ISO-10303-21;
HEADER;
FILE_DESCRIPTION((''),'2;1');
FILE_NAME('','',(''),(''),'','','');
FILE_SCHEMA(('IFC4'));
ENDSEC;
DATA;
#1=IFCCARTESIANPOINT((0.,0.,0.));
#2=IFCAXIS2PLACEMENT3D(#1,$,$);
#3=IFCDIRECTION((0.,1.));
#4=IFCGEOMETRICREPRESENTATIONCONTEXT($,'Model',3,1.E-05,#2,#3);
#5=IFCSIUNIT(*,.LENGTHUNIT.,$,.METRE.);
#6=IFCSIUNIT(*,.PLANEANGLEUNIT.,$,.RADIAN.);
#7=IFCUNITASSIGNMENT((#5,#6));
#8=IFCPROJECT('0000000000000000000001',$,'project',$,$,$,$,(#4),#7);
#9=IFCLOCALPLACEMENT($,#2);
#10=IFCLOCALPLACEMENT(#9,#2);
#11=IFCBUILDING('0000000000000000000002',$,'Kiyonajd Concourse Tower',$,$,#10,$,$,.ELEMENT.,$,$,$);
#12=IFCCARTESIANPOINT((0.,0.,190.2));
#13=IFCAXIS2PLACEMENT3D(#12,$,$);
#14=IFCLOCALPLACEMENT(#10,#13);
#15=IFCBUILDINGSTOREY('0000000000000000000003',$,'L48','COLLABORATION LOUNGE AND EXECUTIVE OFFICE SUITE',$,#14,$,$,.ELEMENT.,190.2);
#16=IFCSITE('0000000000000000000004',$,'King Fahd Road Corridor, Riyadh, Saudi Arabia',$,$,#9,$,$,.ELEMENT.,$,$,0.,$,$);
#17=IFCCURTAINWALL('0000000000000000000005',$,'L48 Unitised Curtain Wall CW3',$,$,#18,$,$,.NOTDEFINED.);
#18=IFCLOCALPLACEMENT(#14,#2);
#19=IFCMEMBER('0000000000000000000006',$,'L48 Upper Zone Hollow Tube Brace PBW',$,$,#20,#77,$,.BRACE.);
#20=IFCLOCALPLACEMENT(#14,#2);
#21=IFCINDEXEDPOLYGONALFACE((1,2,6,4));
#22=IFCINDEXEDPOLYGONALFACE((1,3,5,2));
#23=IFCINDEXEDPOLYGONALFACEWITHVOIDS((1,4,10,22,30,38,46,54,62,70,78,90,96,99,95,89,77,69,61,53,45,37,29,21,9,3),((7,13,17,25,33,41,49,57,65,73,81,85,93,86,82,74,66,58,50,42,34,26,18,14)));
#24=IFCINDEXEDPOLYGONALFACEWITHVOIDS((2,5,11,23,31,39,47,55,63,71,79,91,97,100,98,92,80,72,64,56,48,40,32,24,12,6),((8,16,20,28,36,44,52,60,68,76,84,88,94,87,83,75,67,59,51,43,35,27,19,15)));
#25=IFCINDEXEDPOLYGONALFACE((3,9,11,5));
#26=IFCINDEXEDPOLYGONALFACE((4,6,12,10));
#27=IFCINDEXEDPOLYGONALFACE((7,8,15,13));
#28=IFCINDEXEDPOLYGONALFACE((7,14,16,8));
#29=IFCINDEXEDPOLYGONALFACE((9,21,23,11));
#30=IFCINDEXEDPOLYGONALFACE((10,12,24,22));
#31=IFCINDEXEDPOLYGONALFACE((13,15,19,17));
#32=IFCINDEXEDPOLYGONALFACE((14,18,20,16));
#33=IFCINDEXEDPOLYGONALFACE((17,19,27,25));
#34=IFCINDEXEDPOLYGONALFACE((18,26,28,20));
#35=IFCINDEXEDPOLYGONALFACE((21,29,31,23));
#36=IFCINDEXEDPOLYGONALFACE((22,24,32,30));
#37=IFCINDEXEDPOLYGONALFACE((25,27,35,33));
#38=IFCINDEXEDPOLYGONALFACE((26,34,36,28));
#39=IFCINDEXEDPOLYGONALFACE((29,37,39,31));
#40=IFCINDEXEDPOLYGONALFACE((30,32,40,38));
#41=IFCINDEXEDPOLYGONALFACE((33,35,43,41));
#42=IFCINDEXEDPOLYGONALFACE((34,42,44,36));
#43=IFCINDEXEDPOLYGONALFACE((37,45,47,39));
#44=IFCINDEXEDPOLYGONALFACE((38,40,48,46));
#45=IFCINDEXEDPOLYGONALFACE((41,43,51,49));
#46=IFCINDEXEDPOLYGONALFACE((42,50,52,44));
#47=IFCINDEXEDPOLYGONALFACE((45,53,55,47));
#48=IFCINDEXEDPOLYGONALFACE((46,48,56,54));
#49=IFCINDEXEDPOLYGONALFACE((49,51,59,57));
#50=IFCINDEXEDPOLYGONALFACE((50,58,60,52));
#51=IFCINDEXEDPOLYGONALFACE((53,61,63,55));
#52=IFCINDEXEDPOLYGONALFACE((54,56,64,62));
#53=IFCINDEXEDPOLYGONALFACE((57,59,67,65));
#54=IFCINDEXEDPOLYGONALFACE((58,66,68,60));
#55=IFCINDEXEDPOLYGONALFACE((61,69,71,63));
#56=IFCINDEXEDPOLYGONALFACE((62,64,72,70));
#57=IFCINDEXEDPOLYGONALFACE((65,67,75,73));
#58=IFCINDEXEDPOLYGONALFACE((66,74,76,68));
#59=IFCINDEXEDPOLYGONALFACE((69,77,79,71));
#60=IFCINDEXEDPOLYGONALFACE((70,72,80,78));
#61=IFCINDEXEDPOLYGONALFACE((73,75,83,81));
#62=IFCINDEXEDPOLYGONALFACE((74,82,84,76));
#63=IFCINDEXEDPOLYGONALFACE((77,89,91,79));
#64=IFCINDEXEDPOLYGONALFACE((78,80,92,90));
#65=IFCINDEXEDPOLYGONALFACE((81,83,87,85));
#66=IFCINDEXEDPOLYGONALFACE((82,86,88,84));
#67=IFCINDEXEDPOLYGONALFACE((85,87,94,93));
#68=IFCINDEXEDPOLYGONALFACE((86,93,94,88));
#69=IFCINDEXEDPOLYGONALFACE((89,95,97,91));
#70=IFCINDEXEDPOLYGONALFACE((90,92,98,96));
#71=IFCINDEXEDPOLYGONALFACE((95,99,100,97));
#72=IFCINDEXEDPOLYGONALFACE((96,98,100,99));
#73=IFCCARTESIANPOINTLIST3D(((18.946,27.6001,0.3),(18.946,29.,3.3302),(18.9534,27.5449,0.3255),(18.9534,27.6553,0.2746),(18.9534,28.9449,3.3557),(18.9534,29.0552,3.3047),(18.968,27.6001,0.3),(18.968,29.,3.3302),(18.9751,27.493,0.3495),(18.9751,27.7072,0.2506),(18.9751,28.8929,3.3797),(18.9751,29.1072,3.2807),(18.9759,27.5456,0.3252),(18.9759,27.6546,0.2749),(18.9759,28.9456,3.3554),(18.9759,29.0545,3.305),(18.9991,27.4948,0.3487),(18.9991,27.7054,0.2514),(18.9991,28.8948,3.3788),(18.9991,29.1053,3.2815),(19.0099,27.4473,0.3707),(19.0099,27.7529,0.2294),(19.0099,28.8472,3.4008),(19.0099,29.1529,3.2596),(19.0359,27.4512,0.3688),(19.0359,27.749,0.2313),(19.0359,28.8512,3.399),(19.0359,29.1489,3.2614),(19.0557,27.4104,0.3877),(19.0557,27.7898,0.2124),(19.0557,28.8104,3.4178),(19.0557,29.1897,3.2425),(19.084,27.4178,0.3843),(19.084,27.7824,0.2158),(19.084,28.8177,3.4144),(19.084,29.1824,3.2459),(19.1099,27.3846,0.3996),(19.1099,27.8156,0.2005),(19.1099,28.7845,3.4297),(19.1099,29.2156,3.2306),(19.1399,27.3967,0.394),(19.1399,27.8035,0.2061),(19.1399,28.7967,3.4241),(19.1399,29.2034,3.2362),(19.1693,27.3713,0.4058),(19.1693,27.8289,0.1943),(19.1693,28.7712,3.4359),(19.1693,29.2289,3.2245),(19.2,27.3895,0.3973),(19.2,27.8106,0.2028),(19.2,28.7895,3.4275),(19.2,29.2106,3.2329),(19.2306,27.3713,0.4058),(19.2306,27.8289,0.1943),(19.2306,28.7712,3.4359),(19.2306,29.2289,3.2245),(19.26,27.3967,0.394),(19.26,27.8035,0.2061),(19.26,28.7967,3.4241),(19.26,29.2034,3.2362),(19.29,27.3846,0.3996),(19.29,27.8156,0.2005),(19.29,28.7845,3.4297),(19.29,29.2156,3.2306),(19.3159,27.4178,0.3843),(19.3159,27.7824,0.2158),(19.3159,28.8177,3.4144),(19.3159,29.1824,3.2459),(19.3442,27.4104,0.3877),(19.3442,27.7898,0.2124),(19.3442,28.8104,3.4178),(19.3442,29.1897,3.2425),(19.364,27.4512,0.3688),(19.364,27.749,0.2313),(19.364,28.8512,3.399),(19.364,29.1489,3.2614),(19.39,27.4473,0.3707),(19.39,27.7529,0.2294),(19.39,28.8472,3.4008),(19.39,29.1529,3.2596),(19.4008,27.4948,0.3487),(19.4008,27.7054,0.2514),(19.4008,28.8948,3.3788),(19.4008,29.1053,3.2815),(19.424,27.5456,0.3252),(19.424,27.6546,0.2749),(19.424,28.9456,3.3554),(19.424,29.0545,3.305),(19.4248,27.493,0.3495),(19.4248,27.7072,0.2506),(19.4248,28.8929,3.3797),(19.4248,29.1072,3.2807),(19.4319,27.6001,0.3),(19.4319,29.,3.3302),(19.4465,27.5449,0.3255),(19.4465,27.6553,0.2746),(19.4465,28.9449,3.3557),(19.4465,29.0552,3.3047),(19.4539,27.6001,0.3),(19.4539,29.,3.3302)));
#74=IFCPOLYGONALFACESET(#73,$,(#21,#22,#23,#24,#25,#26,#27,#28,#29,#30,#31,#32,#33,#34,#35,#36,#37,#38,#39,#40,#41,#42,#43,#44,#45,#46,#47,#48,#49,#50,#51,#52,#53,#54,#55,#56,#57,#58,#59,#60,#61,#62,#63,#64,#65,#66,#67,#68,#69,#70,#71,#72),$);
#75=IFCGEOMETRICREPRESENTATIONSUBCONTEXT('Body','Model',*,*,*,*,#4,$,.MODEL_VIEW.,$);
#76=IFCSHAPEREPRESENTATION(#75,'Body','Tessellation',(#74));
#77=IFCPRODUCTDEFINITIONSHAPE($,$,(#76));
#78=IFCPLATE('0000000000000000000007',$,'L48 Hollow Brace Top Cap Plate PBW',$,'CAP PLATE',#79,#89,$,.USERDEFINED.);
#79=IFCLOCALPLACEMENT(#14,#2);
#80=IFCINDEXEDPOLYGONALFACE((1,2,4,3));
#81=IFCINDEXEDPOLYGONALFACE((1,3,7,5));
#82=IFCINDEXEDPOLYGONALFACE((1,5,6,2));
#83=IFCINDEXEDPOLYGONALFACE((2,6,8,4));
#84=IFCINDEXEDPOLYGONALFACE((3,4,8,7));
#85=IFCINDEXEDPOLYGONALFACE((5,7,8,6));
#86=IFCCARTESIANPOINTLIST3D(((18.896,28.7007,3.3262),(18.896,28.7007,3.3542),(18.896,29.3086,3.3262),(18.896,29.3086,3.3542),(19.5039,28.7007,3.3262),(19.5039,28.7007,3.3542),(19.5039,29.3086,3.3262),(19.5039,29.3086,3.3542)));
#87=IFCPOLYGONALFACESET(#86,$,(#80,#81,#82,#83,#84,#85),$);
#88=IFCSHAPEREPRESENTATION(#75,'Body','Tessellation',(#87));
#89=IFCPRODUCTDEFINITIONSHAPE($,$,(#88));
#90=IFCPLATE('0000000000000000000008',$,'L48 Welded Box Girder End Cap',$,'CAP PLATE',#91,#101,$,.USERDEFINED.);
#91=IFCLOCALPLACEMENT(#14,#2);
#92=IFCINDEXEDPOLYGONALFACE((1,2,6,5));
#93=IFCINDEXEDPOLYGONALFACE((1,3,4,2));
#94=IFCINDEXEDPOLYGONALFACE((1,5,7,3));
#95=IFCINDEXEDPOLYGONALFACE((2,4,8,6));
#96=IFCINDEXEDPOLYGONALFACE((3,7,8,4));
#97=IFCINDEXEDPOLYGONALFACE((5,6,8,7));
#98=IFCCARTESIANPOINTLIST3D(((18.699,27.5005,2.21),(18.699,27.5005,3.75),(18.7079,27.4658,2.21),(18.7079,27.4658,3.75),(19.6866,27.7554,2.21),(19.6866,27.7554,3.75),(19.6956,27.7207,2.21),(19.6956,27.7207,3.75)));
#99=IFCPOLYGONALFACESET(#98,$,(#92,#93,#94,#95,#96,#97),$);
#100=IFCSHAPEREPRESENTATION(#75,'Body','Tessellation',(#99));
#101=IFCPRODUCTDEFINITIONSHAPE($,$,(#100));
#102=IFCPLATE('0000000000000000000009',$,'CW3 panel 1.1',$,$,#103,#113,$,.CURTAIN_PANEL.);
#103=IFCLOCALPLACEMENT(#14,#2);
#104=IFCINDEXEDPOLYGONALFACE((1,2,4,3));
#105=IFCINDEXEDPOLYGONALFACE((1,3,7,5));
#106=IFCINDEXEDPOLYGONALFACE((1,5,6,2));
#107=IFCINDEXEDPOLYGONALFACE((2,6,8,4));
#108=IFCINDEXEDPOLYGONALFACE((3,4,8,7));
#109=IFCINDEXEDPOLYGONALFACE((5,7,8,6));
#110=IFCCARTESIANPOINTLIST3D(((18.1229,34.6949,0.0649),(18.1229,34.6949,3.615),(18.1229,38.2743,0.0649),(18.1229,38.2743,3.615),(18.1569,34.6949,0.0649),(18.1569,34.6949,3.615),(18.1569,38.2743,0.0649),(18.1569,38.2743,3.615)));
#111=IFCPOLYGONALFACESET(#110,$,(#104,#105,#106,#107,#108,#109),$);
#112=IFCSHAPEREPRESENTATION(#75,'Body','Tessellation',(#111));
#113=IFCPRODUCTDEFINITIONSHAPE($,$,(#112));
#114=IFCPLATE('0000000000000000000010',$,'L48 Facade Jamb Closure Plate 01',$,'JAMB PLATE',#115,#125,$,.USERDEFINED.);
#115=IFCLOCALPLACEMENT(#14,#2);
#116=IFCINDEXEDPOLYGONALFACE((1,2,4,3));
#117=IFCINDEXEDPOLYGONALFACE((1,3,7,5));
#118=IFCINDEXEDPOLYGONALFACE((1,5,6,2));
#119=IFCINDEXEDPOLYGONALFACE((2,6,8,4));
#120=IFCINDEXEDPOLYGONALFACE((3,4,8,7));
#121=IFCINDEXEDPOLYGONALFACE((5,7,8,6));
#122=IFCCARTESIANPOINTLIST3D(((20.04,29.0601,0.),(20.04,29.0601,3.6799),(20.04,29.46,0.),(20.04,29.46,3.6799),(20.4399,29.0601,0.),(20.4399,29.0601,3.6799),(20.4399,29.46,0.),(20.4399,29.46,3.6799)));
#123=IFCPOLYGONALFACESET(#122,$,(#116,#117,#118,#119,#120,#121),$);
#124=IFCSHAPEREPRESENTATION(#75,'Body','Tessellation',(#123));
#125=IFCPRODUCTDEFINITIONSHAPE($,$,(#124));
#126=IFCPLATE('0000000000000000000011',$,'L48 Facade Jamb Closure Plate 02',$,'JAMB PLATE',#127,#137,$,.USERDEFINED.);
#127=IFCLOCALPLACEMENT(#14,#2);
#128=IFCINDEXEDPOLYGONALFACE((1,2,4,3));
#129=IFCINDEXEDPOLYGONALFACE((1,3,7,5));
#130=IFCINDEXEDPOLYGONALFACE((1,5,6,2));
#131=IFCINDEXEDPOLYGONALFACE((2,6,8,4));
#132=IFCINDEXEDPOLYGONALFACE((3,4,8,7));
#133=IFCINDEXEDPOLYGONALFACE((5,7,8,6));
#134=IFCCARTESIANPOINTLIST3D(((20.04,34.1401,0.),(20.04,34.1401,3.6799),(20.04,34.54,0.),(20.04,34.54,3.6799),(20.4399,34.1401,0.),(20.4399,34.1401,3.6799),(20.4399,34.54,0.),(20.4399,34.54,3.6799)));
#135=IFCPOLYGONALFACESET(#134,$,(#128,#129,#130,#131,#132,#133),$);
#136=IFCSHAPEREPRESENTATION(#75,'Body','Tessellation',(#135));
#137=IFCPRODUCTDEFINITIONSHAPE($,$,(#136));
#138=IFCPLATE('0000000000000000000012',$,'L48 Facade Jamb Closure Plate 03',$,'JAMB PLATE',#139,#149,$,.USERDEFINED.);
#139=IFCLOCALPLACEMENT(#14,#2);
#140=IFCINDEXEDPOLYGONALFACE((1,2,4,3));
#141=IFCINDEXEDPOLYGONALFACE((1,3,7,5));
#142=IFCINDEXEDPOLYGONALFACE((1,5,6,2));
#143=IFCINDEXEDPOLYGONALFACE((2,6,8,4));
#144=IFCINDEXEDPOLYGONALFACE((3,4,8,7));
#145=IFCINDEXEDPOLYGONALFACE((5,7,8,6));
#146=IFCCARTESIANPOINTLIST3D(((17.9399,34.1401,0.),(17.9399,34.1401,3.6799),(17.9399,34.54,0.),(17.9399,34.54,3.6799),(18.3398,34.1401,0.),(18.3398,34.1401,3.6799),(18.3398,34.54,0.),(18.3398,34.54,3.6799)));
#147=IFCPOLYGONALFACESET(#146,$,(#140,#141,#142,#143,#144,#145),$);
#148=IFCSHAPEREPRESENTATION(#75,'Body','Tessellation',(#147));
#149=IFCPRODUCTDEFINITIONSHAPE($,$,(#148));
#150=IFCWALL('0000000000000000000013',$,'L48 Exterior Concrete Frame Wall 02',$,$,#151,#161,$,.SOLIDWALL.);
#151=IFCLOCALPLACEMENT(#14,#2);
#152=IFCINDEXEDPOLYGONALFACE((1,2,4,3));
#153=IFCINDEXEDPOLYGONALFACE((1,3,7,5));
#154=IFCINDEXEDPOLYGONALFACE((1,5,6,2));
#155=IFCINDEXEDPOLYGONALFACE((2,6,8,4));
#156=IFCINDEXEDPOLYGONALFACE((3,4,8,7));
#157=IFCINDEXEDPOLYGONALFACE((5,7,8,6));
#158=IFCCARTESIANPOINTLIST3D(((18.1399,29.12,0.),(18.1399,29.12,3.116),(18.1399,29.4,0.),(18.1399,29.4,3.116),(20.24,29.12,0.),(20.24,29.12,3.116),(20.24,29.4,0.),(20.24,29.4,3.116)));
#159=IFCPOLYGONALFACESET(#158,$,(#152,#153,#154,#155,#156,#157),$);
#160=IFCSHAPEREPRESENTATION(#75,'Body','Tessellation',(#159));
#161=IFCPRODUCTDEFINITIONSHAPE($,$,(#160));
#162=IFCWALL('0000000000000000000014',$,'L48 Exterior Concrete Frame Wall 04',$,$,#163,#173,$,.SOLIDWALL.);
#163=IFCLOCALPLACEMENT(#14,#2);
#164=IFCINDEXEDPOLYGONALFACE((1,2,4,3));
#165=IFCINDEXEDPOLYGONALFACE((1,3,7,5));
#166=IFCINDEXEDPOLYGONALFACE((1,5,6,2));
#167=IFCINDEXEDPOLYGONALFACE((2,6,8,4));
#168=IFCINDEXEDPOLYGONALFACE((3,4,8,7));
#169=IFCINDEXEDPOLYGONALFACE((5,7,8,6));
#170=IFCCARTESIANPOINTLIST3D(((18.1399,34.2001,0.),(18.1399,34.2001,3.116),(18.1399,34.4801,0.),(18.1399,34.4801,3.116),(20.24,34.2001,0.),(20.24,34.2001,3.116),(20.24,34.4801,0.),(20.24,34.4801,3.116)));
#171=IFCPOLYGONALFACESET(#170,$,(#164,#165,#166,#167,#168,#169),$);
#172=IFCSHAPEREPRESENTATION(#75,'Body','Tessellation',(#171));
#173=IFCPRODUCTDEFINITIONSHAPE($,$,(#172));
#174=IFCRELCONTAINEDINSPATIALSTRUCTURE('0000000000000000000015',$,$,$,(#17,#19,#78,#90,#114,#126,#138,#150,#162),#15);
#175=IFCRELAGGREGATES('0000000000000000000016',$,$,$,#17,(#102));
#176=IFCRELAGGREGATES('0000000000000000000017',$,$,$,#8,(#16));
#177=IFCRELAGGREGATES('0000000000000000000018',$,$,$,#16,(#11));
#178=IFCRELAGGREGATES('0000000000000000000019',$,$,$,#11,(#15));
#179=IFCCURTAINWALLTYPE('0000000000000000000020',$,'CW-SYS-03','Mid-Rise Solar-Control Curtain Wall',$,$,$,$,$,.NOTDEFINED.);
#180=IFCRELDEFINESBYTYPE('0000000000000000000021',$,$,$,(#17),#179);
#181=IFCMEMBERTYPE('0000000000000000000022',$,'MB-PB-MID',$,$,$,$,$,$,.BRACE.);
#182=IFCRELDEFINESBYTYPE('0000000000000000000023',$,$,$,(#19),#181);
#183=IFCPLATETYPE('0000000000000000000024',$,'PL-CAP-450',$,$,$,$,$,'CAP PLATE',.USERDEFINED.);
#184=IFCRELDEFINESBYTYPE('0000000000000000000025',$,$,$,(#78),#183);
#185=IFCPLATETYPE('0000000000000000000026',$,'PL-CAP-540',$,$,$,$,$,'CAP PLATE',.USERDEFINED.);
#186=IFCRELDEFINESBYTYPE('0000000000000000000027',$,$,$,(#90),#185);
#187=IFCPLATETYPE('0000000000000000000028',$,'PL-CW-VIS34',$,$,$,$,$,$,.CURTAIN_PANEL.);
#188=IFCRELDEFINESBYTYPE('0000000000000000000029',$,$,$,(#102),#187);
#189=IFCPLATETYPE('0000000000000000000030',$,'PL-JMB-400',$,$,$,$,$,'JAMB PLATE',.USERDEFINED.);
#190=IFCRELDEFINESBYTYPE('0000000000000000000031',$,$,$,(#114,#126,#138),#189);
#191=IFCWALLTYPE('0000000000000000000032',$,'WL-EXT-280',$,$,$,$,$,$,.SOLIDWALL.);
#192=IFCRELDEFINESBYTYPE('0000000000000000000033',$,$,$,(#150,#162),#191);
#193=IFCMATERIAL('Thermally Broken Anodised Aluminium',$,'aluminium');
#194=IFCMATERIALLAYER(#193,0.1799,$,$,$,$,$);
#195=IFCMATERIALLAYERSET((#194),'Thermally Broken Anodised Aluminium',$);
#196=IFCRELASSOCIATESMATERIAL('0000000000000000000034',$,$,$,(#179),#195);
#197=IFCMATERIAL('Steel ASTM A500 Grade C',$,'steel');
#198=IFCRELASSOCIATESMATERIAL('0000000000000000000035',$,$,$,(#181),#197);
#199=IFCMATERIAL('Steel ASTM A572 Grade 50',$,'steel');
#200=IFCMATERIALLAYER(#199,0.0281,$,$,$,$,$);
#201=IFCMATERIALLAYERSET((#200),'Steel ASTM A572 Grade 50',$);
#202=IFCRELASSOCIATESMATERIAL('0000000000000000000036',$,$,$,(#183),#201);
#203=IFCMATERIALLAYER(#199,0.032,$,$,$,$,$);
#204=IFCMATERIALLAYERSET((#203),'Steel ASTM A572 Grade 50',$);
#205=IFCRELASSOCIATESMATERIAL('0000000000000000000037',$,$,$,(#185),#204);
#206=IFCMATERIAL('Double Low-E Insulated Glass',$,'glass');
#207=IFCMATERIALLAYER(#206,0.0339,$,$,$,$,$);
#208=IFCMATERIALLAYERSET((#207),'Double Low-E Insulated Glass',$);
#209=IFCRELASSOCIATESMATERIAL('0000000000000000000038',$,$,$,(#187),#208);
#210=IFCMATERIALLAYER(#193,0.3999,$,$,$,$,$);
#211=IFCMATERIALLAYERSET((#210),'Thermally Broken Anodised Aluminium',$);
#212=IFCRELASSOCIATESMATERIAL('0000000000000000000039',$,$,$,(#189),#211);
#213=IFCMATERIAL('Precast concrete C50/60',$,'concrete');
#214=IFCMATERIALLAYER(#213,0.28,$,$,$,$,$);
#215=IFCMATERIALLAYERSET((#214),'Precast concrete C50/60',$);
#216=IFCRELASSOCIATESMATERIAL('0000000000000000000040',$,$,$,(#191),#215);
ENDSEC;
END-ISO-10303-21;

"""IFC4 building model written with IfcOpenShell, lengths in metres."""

from ifc_helpers import new_model, si_unit, direction, frame, frame_2d, origin, origin_2d, place, context, subcontext, project, spatial, rectangle, hollow_circle, extrude, material, layer, layer_set, material_profile, profile_set, type_object, element, aggregate, save


model = new_model("IFC4")

# Units and contexts
model_context = context("Model", 3, precision=1e-05, world=origin(), true_north=direction((0.0, 1.0)))
body_context = subcontext(model_context, "Body", "Model", "MODEL_VIEW")
ifc_project = project(units=[si_unit("LENGTHUNIT", "METRE"), si_unit("PLANEANGLEUNIT", "RADIAN")], contexts=[model_context])

# Site, building, storey
site_placement = place(None, origin())
site = spatial("IfcSite", under=ifc_project, at=site_placement, Name="King Fahd Road Corridor, Riyadh, Saudi Arabia", CompositionType="ELEMENT", RefElevation=0.0)
building_placement = place(site_placement, origin())
building = spatial("IfcBuilding", under=site, at=building_placement, Name="Kiyonajd Concourse Tower", CompositionType="ELEMENT")
storey_placement = place(building_placement, frame((0.0, 0.0, 190.2)))
storey = spatial("IfcBuildingStorey", under=building, at=storey_placement, Name="L48", Description="COLLABORATION LOUNGE AND EXECUTIVE OFFICE SUITE", CompositionType="ELEMENT", Elevation=190.2)

# Shared definitions
ifc_material_1 = material(Name="Steel ASTM A572 Grade 50", Category="steel")

# Curtain wall
ifc_material_2 = material(Name="Thermally Broken Anodised Aluminium", Category="aluminium")
ifc_layer_1 = layer(ifc_material_2, 0.1799)
ifc_layer_set_1 = layer_set([ifc_layer_1], Name="Thermally Broken Anodised Aluminium")
curtain_wall_type = type_object("IfcCurtainWallType", Name="CW-SYS-03", Description="Mid-Rise Solar-Control Curtain Wall", PredefinedType="NOTDEFINED", material=ifc_layer_set_1)
curtain_wall_placement = place(storey_placement, origin())
curtain_wall = element("IfcCurtainWall", 1, at=curtain_wall_placement, inside=storey, type_object=curtain_wall_type, Name="L48 Unitised Curtain Wall CW3", PredefinedType="NOTDEFINED")

# Member
ifc_material_3 = material(Name="Steel ASTM A500 Grade C", Category="steel")
ifc_material_profile_1 = material_profile(ifc_material_3, hollow_circle(Radius=0.2539, WallThickness=0.022, at=origin_2d()), Name="CHS-508x22")
ifc_profile_set_1 = profile_set([ifc_material_profile_1], Name="Steel ASTM A500 Grade C")
member_type_1 = type_object("IfcMemberType", Name="MB-PB-MID", PredefinedType="BRACE", material=ifc_profile_set_1)
member_1_placement = place(storey_placement, frame((19.2, 27.6001, 0.3), z_axis=(0.0, 0.419411, 0.907797), x_axis=(-1.0, 0.0, 0.0)))
element("IfcMember", 2, at=member_1_placement, inside=storey, type_object=member_type_1, Name="L48 Upper Zone Hollow Tube Brace PBW", PredefinedType="BRACE", context=body_context, shape_type="SweptSolid", body=[
    extrude(hollow_circle(Radius=0.2539, WallThickness=0.022, at=origin_2d()), origin(), (0.0, 0.0, 1.0), 3.3379),
])

# Plates
ifc_layer_2 = layer(ifc_material_1, 0.0281)
ifc_layer_set_2 = layer_set([ifc_layer_2], Name="Steel ASTM A572 Grade 50")
plate_type_1 = type_object("IfcPlateType", Name="PL-CAP-450", ElementType="CAP PLATE", PredefinedType="USERDEFINED", material=ifc_layer_set_2)
plate_1_placement = place(storey_placement, frame((19.2, 29.0046, 3.3262), z_axis=(0.0, 0.0, 1.0), x_axis=(1.0, 0.0, 0.0)))
element("IfcPlate", 3, at=plate_1_placement, inside=storey, type_object=plate_type_1, Name="L48 Hollow Brace Top Cap Plate PBW", ObjectType="CAP PLATE", PredefinedType="USERDEFINED", context=body_context, shape_type="SweptSolid", body=[
    extrude(rectangle(XDim=0.6079, YDim=0.6079, at=origin_2d()), origin(), (0.0, 0.0, 1.0), 0.0281),
])
ifc_layer_3 = layer(ifc_material_1, 0.032)
ifc_layer_set_3 = layer_set([ifc_layer_3], Name="Steel ASTM A572 Grade 50")
plate_type_2 = type_object("IfcPlateType", Name="PL-CAP-540", ElementType="CAP PLATE", PredefinedType="USERDEFINED", material=ifc_layer_set_3)
plate_2_placement = place(storey_placement, frame((19.1973, 27.6106, 2.21), z_axis=(0.0, 0.0, 1.0), x_axis=(-0.249873, 0.968279, 0.0)))
element("IfcPlate", 4, at=plate_2_placement, inside=storey, type_object=plate_type_2, Name="L48 Welded Box Girder End Cap", ObjectType="CAP PLATE", PredefinedType="USERDEFINED", context=body_context, shape_type="SweptSolid", body=[
    extrude(rectangle(XDim=0.0359, YDim=1.02, at=origin_2d()), origin(), (0.0, 0.0, 1.0), 1.54),
])

# Plate
ifc_material_4 = material(Name="Double Low-E Insulated Glass", Category="glass")
ifc_layer_4 = layer(ifc_material_4, 0.0339)
ifc_layer_set_4 = layer_set([ifc_layer_4], Name="Double Low-E Insulated Glass")
plate_type_3 = type_object("IfcPlateType", Name="PL-CW-VIS34", PredefinedType="CURTAIN_PANEL", material=ifc_layer_set_4)
plate_3_placement = place(storey_placement, frame((18.1399, 36.4846, 0.0649), z_axis=(0.0, 0.0, 1.0), x_axis=(0.0, 1.0, 0.0)))
plate_3 = element("IfcPlate", 5, at=plate_3_placement, type_object=plate_type_3, Name="CW3 panel 1.1", PredefinedType="CURTAIN_PANEL", context=body_context, shape_type="SweptSolid", body=[
    extrude(rectangle(XDim=3.5793, YDim=0.0339, at=origin_2d()), origin(), (0.0, 0.0, 1.0), 3.55),
])
aggregate(curtain_wall, [plate_3])

# Plates
ifc_layer_5 = layer(ifc_material_2, 0.3999)
ifc_layer_set_5 = layer_set([ifc_layer_5], Name="Thermally Broken Anodised Aluminium")
plate_type_4 = type_object("IfcPlateType", Name="PL-JMB-400", ElementType="JAMB PLATE", PredefinedType="USERDEFINED", material=ifc_layer_set_5)
for number, where, z_axis, x_axis, name in (
    (6, (20.24, 29.26, 0.0), (0.0, 0.0, 1.0), (1.0, 0.0, 0.0), "L48 Facade Jamb Closure Plate 01"),
    (7, (20.24, 34.3401, 0.0), (0.0, 0.0, 1.0), (1.0, 0.0, 0.0), "L48 Facade Jamb Closure Plate 02"),
    (8, (18.1399, 34.3401, 0.0), (0.0, 0.0, 1.0), (1.0, 0.0, 0.0), "L48 Facade Jamb Closure Plate 03"),
):
    element("IfcPlate", number, at=place(storey_placement, frame(where, z_axis=z_axis, x_axis=x_axis)), inside=storey, type_object=plate_type_4, Name=name, ObjectType="JAMB PLATE", PredefinedType="USERDEFINED", context=body_context, shape_type="SweptSolid", body=[
        extrude(rectangle(XDim=0.3999, YDim=0.3999, at=origin_2d()), origin(), (0.0, 0.0, 1.0), 3.6799),
    ])

# Walls
ifc_material_5 = material(Name="Precast concrete C50/60", Category="concrete")
ifc_layer_6 = layer(ifc_material_5, 0.28)
ifc_layer_set_6 = layer_set([ifc_layer_6], Name="Precast concrete C50/60")
wall_type_1 = type_object("IfcWallType", Name="WL-EXT-280", PredefinedType="SOLIDWALL", material=ifc_layer_set_6)
for number, where, z_axis, x_axis, name in (
    (9, (18.1399, 29.26, 0.0), (0.0, 0.0, 1.0), (1.0, 0.0, 0.0), "L48 Exterior Concrete Frame Wall 02"),
    (10, (20.24, 34.3401, 0.0), (0.0, 0.0, 1.0), (-1.0, 0.0, 0.0), "L48 Exterior Concrete Frame Wall 04"),
):
    element("IfcWall", number, at=place(storey_placement, frame(where, z_axis=z_axis, x_axis=x_axis)), inside=storey, type_object=wall_type_1, Name=name, PredefinedType="SOLIDWALL", context=body_context, shape_type="SweptSolid", body=[
        extrude(rectangle(XDim=2.1001, YDim=0.28, at=frame_2d((1.05, 0.0))), origin(), (0.0, 0.0, 1.0), 3.116),
    ])

save(model, "model.ifc")
